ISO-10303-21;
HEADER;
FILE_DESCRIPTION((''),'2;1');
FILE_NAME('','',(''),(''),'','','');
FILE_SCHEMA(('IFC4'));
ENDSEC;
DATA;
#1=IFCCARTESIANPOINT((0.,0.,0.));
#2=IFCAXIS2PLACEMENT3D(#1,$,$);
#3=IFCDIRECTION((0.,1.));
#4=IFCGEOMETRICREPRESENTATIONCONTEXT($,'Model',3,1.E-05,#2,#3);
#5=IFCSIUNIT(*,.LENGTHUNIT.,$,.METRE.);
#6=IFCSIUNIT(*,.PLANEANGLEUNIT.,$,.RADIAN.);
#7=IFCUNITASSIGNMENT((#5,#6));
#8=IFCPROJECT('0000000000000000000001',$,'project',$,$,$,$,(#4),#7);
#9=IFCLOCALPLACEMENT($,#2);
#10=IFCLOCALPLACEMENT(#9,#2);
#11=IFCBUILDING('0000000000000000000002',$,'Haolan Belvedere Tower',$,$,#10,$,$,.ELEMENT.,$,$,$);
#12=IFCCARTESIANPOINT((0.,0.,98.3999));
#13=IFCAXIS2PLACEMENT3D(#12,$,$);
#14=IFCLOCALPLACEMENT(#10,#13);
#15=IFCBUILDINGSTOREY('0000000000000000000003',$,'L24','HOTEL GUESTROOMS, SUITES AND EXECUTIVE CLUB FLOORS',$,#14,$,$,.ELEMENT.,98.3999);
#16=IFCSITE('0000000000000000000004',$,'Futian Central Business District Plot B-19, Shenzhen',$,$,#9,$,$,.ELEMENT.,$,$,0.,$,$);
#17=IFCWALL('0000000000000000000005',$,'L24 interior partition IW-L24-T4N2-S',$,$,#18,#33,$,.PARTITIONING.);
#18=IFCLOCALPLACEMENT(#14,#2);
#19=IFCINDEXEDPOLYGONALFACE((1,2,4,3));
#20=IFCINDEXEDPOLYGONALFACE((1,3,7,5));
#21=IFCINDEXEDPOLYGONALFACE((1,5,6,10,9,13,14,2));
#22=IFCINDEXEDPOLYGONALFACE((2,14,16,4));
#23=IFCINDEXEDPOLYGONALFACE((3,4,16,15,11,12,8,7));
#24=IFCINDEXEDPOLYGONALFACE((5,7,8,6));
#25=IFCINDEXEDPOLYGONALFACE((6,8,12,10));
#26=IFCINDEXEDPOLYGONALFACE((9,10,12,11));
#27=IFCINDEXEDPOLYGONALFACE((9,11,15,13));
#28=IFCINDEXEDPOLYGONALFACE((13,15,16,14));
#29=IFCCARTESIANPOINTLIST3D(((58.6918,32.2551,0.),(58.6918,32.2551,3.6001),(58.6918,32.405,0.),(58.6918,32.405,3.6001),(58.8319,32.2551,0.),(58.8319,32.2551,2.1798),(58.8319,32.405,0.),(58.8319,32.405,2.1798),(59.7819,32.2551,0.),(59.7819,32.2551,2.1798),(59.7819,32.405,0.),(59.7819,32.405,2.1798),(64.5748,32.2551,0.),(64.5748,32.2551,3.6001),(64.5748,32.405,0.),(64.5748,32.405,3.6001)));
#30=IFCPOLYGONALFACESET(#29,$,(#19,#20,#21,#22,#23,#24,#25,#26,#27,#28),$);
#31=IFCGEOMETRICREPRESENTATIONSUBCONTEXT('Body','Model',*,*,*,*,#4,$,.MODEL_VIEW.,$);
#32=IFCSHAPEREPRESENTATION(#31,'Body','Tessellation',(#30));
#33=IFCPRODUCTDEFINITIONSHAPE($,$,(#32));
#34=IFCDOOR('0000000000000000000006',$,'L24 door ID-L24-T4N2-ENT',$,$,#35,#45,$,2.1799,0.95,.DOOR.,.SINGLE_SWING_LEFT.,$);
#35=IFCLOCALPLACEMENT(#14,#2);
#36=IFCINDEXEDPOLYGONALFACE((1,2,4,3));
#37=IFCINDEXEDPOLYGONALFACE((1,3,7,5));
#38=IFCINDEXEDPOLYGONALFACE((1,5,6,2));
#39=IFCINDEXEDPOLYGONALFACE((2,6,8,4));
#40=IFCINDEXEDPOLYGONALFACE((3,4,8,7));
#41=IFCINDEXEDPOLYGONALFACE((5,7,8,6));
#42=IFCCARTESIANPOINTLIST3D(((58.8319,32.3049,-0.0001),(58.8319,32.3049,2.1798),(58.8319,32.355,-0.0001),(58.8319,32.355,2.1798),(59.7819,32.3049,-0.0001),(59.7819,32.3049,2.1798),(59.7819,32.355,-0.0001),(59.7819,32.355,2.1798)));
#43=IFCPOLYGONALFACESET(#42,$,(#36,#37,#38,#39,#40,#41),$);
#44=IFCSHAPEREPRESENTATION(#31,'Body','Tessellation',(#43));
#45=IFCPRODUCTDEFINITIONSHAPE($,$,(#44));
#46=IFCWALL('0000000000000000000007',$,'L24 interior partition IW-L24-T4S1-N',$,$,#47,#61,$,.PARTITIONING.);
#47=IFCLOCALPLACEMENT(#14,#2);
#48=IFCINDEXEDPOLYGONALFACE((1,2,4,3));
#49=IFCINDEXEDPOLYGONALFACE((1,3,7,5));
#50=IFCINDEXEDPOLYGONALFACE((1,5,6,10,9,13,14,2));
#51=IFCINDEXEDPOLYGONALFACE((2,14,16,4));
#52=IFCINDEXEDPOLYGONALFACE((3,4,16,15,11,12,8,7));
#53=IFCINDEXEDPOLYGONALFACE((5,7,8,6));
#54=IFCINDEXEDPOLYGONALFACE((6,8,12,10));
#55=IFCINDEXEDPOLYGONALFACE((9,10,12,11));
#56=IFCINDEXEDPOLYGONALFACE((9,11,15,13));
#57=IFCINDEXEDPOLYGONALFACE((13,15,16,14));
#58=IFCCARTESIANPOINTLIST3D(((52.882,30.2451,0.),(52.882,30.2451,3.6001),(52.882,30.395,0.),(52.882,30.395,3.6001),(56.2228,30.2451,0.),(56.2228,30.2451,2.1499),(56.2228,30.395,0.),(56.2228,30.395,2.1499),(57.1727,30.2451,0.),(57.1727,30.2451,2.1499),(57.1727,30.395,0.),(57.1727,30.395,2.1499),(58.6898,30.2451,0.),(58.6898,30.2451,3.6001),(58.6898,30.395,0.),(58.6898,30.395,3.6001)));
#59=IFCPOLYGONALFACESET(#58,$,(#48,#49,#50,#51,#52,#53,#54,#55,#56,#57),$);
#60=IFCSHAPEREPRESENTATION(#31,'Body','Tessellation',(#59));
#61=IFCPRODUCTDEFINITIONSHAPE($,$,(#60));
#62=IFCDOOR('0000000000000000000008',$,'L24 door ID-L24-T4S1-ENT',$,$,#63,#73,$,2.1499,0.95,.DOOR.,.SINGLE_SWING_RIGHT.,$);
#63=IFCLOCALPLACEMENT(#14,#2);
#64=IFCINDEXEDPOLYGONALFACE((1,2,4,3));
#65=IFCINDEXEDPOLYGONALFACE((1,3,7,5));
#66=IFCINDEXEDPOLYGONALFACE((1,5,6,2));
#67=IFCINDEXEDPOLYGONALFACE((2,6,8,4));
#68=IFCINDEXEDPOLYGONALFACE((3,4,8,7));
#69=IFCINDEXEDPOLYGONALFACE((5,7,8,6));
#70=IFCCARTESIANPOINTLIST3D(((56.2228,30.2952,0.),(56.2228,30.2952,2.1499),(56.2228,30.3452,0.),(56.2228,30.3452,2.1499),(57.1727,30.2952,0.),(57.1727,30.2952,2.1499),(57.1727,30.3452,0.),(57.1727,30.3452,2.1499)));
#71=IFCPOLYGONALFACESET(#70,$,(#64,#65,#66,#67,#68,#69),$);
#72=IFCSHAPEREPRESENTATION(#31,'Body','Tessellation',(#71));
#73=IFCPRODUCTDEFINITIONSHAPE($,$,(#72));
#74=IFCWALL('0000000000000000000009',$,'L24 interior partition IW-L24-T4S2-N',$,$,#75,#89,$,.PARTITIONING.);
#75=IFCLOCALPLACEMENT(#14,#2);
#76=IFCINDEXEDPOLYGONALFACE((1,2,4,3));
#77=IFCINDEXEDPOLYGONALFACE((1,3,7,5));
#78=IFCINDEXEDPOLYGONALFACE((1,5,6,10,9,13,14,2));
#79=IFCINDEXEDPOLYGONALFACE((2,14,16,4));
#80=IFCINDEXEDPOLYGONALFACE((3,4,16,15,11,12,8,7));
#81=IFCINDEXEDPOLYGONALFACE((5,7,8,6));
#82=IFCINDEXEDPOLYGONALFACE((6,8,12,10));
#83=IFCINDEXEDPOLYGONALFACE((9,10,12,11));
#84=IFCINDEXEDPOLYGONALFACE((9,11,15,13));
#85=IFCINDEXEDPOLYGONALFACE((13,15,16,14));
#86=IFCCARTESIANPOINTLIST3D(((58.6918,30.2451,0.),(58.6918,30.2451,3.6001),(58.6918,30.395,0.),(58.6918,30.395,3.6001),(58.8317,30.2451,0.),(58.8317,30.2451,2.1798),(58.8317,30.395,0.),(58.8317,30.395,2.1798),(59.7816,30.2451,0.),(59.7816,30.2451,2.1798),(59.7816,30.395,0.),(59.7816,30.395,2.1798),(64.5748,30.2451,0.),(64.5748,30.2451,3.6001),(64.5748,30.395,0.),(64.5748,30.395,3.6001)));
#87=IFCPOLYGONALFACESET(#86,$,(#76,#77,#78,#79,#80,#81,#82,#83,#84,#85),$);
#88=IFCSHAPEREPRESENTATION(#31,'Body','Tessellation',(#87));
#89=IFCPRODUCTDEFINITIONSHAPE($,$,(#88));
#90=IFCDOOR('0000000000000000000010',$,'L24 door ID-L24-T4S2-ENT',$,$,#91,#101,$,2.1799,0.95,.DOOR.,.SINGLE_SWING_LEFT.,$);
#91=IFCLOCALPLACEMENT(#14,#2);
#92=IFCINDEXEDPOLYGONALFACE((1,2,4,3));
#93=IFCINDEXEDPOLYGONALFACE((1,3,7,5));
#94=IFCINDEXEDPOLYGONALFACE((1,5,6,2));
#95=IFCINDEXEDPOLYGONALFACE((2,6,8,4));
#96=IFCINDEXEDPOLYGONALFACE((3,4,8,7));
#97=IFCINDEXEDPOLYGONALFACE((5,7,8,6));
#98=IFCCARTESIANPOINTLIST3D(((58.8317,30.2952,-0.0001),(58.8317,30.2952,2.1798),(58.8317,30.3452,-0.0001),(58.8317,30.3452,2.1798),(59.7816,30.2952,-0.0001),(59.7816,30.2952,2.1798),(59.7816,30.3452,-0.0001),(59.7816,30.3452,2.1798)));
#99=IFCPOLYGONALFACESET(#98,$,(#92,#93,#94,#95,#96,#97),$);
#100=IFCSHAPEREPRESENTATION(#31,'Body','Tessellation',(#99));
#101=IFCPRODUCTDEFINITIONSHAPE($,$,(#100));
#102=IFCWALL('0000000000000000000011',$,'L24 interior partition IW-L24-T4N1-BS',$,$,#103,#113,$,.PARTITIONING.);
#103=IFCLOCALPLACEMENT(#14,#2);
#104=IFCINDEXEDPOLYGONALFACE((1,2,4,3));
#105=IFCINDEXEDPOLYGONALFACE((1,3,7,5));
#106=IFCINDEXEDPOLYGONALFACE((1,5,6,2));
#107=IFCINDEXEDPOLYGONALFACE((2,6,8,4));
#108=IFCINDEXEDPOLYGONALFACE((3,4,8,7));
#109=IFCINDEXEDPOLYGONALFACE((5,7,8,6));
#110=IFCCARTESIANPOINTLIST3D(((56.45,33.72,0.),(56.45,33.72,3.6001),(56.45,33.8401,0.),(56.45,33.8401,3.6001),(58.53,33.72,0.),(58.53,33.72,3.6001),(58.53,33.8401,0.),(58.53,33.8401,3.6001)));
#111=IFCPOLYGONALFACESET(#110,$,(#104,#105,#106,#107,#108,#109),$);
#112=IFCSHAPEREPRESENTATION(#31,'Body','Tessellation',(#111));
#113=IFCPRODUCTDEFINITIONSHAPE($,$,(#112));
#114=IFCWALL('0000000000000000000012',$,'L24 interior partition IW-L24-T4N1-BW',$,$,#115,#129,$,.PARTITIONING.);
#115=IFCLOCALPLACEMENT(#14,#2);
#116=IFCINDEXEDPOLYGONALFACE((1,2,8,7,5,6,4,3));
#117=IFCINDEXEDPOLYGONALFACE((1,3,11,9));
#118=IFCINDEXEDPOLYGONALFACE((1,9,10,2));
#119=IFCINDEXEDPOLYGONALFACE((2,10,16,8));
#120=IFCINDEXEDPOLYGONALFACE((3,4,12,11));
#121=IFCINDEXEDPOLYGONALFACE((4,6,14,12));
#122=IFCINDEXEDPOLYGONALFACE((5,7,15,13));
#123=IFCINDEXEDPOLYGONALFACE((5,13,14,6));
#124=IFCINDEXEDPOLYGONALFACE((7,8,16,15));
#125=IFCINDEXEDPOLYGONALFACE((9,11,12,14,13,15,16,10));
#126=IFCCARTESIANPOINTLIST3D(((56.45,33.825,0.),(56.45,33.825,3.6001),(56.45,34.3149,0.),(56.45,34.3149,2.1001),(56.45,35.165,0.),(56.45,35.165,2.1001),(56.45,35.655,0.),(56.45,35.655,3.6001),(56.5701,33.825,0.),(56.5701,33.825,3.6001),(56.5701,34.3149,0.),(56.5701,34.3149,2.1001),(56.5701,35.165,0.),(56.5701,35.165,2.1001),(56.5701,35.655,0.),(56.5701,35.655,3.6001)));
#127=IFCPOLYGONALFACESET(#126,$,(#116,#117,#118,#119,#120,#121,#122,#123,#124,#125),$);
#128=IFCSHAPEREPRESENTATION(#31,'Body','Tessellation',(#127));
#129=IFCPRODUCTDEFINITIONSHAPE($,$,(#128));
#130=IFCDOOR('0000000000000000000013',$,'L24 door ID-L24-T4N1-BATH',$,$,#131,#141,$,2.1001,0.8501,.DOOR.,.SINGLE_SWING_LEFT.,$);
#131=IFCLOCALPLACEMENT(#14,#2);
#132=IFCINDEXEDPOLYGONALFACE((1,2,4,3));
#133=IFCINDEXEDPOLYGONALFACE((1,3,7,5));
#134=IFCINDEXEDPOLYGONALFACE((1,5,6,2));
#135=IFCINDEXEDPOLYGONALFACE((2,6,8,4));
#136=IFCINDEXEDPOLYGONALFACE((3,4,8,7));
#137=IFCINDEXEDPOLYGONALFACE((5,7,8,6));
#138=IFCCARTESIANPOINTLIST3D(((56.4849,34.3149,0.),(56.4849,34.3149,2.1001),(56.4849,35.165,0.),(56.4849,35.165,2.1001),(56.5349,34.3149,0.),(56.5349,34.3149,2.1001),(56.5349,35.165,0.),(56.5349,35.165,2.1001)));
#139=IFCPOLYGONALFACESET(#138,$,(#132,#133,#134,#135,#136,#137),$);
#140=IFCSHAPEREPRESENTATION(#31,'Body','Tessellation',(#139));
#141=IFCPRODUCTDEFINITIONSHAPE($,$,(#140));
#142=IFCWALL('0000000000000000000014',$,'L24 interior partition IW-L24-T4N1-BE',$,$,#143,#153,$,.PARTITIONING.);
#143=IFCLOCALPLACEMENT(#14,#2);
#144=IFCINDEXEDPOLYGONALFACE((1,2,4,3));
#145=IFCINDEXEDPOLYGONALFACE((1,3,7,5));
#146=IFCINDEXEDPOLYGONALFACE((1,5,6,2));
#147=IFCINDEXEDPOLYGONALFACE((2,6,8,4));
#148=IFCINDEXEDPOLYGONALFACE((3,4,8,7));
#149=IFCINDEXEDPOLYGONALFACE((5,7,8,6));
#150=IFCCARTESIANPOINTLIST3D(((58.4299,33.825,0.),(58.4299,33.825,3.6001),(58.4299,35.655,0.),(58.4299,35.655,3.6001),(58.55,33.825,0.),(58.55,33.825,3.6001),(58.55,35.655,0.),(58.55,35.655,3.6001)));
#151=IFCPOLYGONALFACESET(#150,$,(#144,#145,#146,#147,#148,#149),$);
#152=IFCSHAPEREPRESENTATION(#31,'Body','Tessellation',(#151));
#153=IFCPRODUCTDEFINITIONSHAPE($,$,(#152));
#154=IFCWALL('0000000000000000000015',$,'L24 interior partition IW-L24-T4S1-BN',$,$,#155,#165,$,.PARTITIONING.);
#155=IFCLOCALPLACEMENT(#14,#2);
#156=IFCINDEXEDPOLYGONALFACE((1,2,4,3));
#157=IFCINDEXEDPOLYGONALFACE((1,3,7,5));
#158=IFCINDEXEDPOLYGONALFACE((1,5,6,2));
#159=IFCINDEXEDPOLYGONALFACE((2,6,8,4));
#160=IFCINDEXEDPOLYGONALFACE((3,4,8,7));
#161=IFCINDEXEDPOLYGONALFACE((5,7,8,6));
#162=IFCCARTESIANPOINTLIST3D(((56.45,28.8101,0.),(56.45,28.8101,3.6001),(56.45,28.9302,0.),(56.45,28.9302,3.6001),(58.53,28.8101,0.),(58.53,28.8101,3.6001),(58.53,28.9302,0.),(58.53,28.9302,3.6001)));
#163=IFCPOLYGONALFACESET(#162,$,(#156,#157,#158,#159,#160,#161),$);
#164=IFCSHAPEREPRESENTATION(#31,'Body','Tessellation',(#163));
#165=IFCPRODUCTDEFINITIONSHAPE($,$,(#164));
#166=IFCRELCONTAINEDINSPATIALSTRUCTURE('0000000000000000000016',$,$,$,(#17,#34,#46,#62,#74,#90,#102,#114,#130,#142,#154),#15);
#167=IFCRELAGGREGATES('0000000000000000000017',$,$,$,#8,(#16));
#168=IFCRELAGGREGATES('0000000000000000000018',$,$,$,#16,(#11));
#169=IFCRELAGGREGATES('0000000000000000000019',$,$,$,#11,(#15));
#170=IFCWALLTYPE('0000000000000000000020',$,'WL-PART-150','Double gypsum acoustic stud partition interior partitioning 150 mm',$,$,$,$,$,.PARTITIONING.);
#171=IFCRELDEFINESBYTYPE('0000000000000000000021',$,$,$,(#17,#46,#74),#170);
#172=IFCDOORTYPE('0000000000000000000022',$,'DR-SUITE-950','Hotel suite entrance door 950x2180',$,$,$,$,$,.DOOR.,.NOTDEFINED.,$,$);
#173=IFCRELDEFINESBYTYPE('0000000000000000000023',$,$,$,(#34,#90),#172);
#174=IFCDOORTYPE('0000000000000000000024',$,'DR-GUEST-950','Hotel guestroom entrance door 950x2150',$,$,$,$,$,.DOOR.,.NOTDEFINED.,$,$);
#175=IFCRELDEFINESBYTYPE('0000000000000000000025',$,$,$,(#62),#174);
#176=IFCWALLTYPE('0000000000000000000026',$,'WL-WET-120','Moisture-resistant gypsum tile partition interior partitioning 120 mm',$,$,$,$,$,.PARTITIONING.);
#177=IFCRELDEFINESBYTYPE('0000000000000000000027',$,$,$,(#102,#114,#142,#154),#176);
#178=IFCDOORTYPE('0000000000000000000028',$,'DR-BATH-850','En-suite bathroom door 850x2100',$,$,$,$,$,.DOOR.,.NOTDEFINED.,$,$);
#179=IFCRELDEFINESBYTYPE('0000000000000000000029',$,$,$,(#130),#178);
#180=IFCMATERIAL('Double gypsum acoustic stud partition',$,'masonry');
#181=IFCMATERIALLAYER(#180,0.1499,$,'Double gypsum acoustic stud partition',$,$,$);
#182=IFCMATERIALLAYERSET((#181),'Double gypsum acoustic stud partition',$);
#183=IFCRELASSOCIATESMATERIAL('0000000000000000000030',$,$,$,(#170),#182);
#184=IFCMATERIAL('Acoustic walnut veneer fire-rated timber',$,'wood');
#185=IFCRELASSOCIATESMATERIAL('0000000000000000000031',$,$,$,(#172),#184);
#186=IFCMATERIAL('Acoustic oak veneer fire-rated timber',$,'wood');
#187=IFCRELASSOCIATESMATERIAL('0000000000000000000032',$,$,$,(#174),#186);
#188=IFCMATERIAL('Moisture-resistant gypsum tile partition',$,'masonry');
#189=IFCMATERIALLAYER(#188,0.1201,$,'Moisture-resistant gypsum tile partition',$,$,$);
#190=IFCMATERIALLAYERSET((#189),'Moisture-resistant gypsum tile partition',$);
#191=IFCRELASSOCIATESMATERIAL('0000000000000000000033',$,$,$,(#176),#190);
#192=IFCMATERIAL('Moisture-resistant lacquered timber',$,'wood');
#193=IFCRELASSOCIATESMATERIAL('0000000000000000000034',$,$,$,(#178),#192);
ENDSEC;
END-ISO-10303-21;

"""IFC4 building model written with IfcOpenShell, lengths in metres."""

from ifc_helpers import new_model, si_unit, direction, frame, frame_2d, origin, place, context, subcontext, project, spatial, rectangle, extrude, material, layer, layer_set, type_object, element, fill, save


model = new_model("IFC4")

# Units and contexts
model_context = context("Model", 3, precision=1e-05, world=origin(), true_north=direction((0.0, 1.0)))
body_context = subcontext(model_context, "Body", "Model", "MODEL_VIEW")
ifc_project = project(units=[si_unit("LENGTHUNIT", "METRE"), si_unit("PLANEANGLEUNIT", "RADIAN")], contexts=[model_context])

# Site, building, storey
site_placement = place(None, origin())
site = spatial("IfcSite", under=ifc_project, at=site_placement, Name="Futian Central Business District Plot B-19, Shenzhen", CompositionType="ELEMENT", RefElevation=0.0)
building_placement = place(site_placement, origin())
building = spatial("IfcBuilding", under=site, at=building_placement, Name="Haolan Belvedere Tower", CompositionType="ELEMENT")
storey_placement = place(building_placement, frame((0.0, 0.0, 98.3999)))
storey = spatial("IfcBuildingStorey", under=building, at=storey_placement, Name="L24", Description="HOTEL GUESTROOMS, SUITES AND EXECUTIVE CLUB FLOORS", CompositionType="ELEMENT", Elevation=98.3999)

# Shared definitions
ifc_material_1 = material(Name="Double gypsum acoustic stud partition", Category="masonry")
ifc_layer_1 = layer(ifc_material_1, 0.1499, Name="Double gypsum acoustic stud partition")
ifc_layer_set_1 = layer_set([ifc_layer_1], Name="Double gypsum acoustic stud partition")
wall_type_1 = type_object("IfcWallType", Name="WL-PART-150", Description="Double gypsum acoustic stud partition interior partitioning 150 mm", PredefinedType="PARTITIONING", material=ifc_layer_set_1)

# Shared definitions
ifc_material_2 = material(Name="Acoustic walnut veneer fire-rated timber", Category="wood")
door_type_1 = type_object("IfcDoorType", Name="DR-SUITE-950", Description="Hotel suite entrance door 950x2180", OperationType="NOTDEFINED", PredefinedType="DOOR", material=ifc_material_2)

# Walls, openings, doors
wall_1_placement = place(storey_placement, frame((58.6919, 32.3301, 0.0), z_axis=(0.0, 0.0, 1.0), x_axis=(1.0, 0.0, 0.0)))
wall_1 = element("IfcWall", 1, at=wall_1_placement, inside=storey, type_object=wall_type_1, Name="L24 interior partition IW-L24-T4N2-S", PredefinedType="PARTITIONING", context=body_context, shape_type="SweptSolid", body=[
    extrude(rectangle(XDim=5.8831, YDim=0.1499, at=frame_2d((2.9414, 0.0))), origin(), (0.0, 0.0, 1.0), 3.6001),
])
opening_1_placement = place(wall_1_placement, frame((0.1399, 0.0, 0.0)))
opening_1 = element("IfcOpeningElement", 2, at=opening_1_placement, cuts=wall_1, PredefinedType="OPENING", context=body_context, shape_type="SweptSolid", body=[
    extrude(rectangle(XDim=0.95, YDim=2.1799, at=frame_2d((0.4751, 1.0898))), frame((0.0, 0.085, 0.0), z_axis=(0.0, -1.0, 0.0), x_axis=(1.0, 0.0, 0.0)), (0.0, 0.0, 1.0), 0.1699),
])
door_1_placement = place(opening_1_placement, origin())
door_1 = element("IfcDoor", 3, at=door_1_placement, inside=storey, type_object=door_type_1, Name="L24 door ID-L24-T4N2-ENT", OperationType="SINGLE_SWING_LEFT", OverallHeight=2.1799, OverallWidth=0.95, PredefinedType="DOOR", context=body_context, shape_type="SweptSolid", body=[
    extrude(rectangle(XDim=0.95, YDim=2.1799, at=frame_2d((0.4751, 1.0898))), frame((0.0, 0.0249, 0.0), z_axis=(0.0, -1.0, 0.0), x_axis=(1.0, 0.0, 0.0)), (0.0, 0.0, 1.0), 0.05),
])
fill(opening_1, door_1)
wall_2_placement = place(storey_placement, frame((52.8821, 30.3201, 0.0), z_axis=(0.0, 0.0, 1.0), x_axis=(1.0, 0.0, 0.0)))
wall_2 = element("IfcWall", 4, at=wall_2_placement, inside=storey, type_object=wall_type_1, Name="L24 interior partition IW-L24-T4S1-N", PredefinedType="PARTITIONING", context=body_context, shape_type="SweptSolid", body=[
    extrude(rectangle(XDim=5.8079, YDim=0.1499, at=frame_2d((2.9038, 0.0))), origin(), (0.0, 0.0, 1.0), 3.6001),
])
opening_2_placement = place(wall_2_placement, frame((4.2908, 0.0, 0.0), z_axis=(0.0, 0.0, 1.0), x_axis=(-1.0, 0.0, 0.0)))
opening_2 = element("IfcOpeningElement", 5, at=opening_2_placement, cuts=wall_2, PredefinedType="OPENING", context=body_context, shape_type="SweptSolid", body=[
    extrude(rectangle(XDim=0.95, YDim=2.1499, at=frame_2d((0.4751, 1.075))), frame((0.0, 0.085, 0.0), z_axis=(0.0, -1.0, 0.0), x_axis=(1.0, 0.0, 0.0)), (0.0, 0.0, 1.0), 0.1699),
])
ifc_material_3 = material(Name="Acoustic oak veneer fire-rated timber", Category="wood")
door_type_2 = type_object("IfcDoorType", Name="DR-GUEST-950", Description="Hotel guestroom entrance door 950x2150", OperationType="NOTDEFINED", PredefinedType="DOOR", material=ifc_material_3)
door_2_placement = place(opening_2_placement, origin())
door_2 = element("IfcDoor", 6, at=door_2_placement, inside=storey, type_object=door_type_2, Name="L24 door ID-L24-T4S1-ENT", OperationType="SINGLE_SWING_RIGHT", OverallHeight=2.1499, OverallWidth=0.95, PredefinedType="DOOR", context=body_context, shape_type="SweptSolid", body=[
    extrude(rectangle(XDim=0.95, YDim=2.1499, at=frame_2d((0.4751, 1.075))), frame((0.0, 0.0249, 0.0), z_axis=(0.0, -1.0, 0.0), x_axis=(1.0, 0.0, 0.0)), (0.0, 0.0, 1.0), 0.05),
])
fill(opening_2, door_2)
wall_3_placement = place(storey_placement, frame((58.6919, 30.3201, 0.0), z_axis=(0.0, 0.0, 1.0), x_axis=(1.0, 0.0, 0.0)))
wall_3 = element("IfcWall", 7, at=wall_3_placement, inside=storey, type_object=wall_type_1, Name="L24 interior partition IW-L24-T4S2-N", PredefinedType="PARTITIONING", context=body_context, shape_type="SweptSolid", body=[
    extrude(rectangle(XDim=5.8831, YDim=0.1499, at=frame_2d((2.9414, 0.0))), origin(), (0.0, 0.0, 1.0), 3.6001),
])
opening_3_placement = place(wall_3_placement, frame((1.0898, 0.0, 0.0), z_axis=(0.0, 0.0, 1.0), x_axis=(-1.0, 0.0, 0.0)))
opening_3 = element("IfcOpeningElement", 8, at=opening_3_placement, cuts=wall_3, PredefinedType="OPENING", context=body_context, shape_type="SweptSolid", body=[
    extrude(rectangle(XDim=0.95, YDim=2.1799, at=frame_2d((0.4751, 1.0898))), frame((0.0, 0.085, 0.0), z_axis=(0.0, -1.0, 0.0), x_axis=(1.0, 0.0, 0.0)), (0.0, 0.0, 1.0), 0.1699),
])
door_3_placement = place(opening_3_placement, origin())
door_3 = element("IfcDoor", 9, at=door_3_placement, inside=storey, type_object=door_type_1, Name="L24 door ID-L24-T4S2-ENT", OperationType="SINGLE_SWING_LEFT", OverallHeight=2.1799, OverallWidth=0.95, PredefinedType="DOOR", context=body_context, shape_type="SweptSolid", body=[
    extrude(rectangle(XDim=0.95, YDim=2.1799, at=frame_2d((0.4751, 1.0898))), frame((0.0, 0.0249, 0.0), z_axis=(0.0, -1.0, 0.0), x_axis=(1.0, 0.0, 0.0)), (0.0, 0.0, 1.0), 0.05),
])
fill(opening_3, door_3)

# Wall
ifc_material_4 = material(Name="Moisture-resistant gypsum tile partition", Category="masonry")
ifc_layer_2 = layer(ifc_material_4, 0.1201, Name="Moisture-resistant gypsum tile partition")
ifc_layer_set_2 = layer_set([ifc_layer_2], Name="Moisture-resistant gypsum tile partition")
wall_type_2 = type_object("IfcWallType", Name="WL-WET-120", Description="Moisture-resistant gypsum tile partition interior partitioning 120 mm", PredefinedType="PARTITIONING", material=ifc_layer_set_2)
wall_4_placement = place(storey_placement, frame((56.45, 33.78, 0.0), z_axis=(0.0, 0.0, 1.0), x_axis=(1.0, 0.0, 0.0)))
element("IfcWall", 10, at=wall_4_placement, inside=storey, type_object=wall_type_2, Name="L24 interior partition IW-L24-T4N1-BS", PredefinedType="PARTITIONING", context=body_context, shape_type="SweptSolid", body=[
    extrude(rectangle(XDim=2.0801, YDim=0.1201, at=frame_2d((1.04, 0.0))), origin(), (0.0, 0.0, 1.0), 3.6001),
])

# Wall, opening, door
wall_5_placement = place(storey_placement, frame((56.51, 33.825, 0.0), z_axis=(0.0, 0.0, 1.0), x_axis=(0.0, 1.0, 0.0)))
wall_5 = element("IfcWall", 11, at=wall_5_placement, inside=storey, type_object=wall_type_2, Name="L24 interior partition IW-L24-T4N1-BW", PredefinedType="PARTITIONING", context=body_context, shape_type="SweptSolid", body=[
    extrude(rectangle(XDim=1.8301, YDim=0.1201, at=frame_2d((0.915, 0.0))), origin(), (0.0, 0.0, 1.0), 3.6001),
])
opening_4_placement = place(wall_5_placement, frame((1.3401, 0.0, 0.0), z_axis=(0.0, 0.0, 1.0), x_axis=(-1.0, 0.0, 0.0)))
opening_4 = element("IfcOpeningElement", 12, at=opening_4_placement, cuts=wall_5, PredefinedType="OPENING", context=body_context, shape_type="SweptSolid", body=[
    extrude(rectangle(XDim=0.8501, YDim=2.1001, at=frame_2d((0.425, 1.05))), frame((0.0, 0.0701, 0.0), z_axis=(0.0, -1.0, 0.0), x_axis=(1.0, 0.0, 0.0)), (0.0, 0.0, 1.0), 0.1401),
])
ifc_material_5 = material(Name="Moisture-resistant lacquered timber", Category="wood")
door_type_3 = type_object("IfcDoorType", Name="DR-BATH-850", Description="En-suite bathroom door 850x2100", OperationType="NOTDEFINED", PredefinedType="DOOR", material=ifc_material_5)
door_4_placement = place(opening_4_placement, origin())
door_4 = element("IfcDoor", 13, at=door_4_placement, inside=storey, type_object=door_type_3, Name="L24 door ID-L24-T4N1-BATH", OperationType="SINGLE_SWING_LEFT", OverallHeight=2.1001, OverallWidth=0.8501, PredefinedType="DOOR", context=body_context, shape_type="SweptSolid", body=[
    extrude(rectangle(XDim=0.8501, YDim=2.1001, at=frame_2d((0.425, 1.05))), frame((0.0, 0.0249, 0.0), z_axis=(0.0, -1.0, 0.0), x_axis=(1.0, 0.0, 0.0)), (0.0, 0.0, 1.0), 0.05),
])
fill(opening_4, door_4)

# Walls
wall_6_placement = place(storey_placement, frame((58.49, 33.825, 0.0), z_axis=(0.0, 0.0, 1.0), x_axis=(0.0, 1.0, 0.0)))
element("IfcWall", 14, at=wall_6_placement, inside=storey, type_object=wall_type_2, Name="L24 interior partition IW-L24-T4N1-BE", PredefinedType="PARTITIONING", context=body_context, shape_type="SweptSolid", body=[
    extrude(rectangle(XDim=1.8301, YDim=0.1201, at=frame_2d((0.915, 0.0))), origin(), (0.0, 0.0, 1.0), 3.6001),
])
for number, where, z_axis, x_axis, name in (
    (15, (56.45, 28.8701, 0.0), (0.0, 0.0, 1.0), (1.0, 0.0, 0.0), "L24 interior partition IW-L24-T4S1-BN"),
):
    element("IfcWall", number, at=place(storey_placement, frame(where, z_axis=z_axis, x_axis=x_axis)), inside=storey, type_object=wall_type_2, Name=name, PredefinedType="PARTITIONING", context=body_context, shape_type="SweptSolid", body=[
        extrude(rectangle(XDim=2.0801, YDim=0.1201, at=frame_2d((1.04, 0.0))), origin(), (0.0, 0.0, 1.0), 3.6001),
    ])

save(model, "model.ifc")
